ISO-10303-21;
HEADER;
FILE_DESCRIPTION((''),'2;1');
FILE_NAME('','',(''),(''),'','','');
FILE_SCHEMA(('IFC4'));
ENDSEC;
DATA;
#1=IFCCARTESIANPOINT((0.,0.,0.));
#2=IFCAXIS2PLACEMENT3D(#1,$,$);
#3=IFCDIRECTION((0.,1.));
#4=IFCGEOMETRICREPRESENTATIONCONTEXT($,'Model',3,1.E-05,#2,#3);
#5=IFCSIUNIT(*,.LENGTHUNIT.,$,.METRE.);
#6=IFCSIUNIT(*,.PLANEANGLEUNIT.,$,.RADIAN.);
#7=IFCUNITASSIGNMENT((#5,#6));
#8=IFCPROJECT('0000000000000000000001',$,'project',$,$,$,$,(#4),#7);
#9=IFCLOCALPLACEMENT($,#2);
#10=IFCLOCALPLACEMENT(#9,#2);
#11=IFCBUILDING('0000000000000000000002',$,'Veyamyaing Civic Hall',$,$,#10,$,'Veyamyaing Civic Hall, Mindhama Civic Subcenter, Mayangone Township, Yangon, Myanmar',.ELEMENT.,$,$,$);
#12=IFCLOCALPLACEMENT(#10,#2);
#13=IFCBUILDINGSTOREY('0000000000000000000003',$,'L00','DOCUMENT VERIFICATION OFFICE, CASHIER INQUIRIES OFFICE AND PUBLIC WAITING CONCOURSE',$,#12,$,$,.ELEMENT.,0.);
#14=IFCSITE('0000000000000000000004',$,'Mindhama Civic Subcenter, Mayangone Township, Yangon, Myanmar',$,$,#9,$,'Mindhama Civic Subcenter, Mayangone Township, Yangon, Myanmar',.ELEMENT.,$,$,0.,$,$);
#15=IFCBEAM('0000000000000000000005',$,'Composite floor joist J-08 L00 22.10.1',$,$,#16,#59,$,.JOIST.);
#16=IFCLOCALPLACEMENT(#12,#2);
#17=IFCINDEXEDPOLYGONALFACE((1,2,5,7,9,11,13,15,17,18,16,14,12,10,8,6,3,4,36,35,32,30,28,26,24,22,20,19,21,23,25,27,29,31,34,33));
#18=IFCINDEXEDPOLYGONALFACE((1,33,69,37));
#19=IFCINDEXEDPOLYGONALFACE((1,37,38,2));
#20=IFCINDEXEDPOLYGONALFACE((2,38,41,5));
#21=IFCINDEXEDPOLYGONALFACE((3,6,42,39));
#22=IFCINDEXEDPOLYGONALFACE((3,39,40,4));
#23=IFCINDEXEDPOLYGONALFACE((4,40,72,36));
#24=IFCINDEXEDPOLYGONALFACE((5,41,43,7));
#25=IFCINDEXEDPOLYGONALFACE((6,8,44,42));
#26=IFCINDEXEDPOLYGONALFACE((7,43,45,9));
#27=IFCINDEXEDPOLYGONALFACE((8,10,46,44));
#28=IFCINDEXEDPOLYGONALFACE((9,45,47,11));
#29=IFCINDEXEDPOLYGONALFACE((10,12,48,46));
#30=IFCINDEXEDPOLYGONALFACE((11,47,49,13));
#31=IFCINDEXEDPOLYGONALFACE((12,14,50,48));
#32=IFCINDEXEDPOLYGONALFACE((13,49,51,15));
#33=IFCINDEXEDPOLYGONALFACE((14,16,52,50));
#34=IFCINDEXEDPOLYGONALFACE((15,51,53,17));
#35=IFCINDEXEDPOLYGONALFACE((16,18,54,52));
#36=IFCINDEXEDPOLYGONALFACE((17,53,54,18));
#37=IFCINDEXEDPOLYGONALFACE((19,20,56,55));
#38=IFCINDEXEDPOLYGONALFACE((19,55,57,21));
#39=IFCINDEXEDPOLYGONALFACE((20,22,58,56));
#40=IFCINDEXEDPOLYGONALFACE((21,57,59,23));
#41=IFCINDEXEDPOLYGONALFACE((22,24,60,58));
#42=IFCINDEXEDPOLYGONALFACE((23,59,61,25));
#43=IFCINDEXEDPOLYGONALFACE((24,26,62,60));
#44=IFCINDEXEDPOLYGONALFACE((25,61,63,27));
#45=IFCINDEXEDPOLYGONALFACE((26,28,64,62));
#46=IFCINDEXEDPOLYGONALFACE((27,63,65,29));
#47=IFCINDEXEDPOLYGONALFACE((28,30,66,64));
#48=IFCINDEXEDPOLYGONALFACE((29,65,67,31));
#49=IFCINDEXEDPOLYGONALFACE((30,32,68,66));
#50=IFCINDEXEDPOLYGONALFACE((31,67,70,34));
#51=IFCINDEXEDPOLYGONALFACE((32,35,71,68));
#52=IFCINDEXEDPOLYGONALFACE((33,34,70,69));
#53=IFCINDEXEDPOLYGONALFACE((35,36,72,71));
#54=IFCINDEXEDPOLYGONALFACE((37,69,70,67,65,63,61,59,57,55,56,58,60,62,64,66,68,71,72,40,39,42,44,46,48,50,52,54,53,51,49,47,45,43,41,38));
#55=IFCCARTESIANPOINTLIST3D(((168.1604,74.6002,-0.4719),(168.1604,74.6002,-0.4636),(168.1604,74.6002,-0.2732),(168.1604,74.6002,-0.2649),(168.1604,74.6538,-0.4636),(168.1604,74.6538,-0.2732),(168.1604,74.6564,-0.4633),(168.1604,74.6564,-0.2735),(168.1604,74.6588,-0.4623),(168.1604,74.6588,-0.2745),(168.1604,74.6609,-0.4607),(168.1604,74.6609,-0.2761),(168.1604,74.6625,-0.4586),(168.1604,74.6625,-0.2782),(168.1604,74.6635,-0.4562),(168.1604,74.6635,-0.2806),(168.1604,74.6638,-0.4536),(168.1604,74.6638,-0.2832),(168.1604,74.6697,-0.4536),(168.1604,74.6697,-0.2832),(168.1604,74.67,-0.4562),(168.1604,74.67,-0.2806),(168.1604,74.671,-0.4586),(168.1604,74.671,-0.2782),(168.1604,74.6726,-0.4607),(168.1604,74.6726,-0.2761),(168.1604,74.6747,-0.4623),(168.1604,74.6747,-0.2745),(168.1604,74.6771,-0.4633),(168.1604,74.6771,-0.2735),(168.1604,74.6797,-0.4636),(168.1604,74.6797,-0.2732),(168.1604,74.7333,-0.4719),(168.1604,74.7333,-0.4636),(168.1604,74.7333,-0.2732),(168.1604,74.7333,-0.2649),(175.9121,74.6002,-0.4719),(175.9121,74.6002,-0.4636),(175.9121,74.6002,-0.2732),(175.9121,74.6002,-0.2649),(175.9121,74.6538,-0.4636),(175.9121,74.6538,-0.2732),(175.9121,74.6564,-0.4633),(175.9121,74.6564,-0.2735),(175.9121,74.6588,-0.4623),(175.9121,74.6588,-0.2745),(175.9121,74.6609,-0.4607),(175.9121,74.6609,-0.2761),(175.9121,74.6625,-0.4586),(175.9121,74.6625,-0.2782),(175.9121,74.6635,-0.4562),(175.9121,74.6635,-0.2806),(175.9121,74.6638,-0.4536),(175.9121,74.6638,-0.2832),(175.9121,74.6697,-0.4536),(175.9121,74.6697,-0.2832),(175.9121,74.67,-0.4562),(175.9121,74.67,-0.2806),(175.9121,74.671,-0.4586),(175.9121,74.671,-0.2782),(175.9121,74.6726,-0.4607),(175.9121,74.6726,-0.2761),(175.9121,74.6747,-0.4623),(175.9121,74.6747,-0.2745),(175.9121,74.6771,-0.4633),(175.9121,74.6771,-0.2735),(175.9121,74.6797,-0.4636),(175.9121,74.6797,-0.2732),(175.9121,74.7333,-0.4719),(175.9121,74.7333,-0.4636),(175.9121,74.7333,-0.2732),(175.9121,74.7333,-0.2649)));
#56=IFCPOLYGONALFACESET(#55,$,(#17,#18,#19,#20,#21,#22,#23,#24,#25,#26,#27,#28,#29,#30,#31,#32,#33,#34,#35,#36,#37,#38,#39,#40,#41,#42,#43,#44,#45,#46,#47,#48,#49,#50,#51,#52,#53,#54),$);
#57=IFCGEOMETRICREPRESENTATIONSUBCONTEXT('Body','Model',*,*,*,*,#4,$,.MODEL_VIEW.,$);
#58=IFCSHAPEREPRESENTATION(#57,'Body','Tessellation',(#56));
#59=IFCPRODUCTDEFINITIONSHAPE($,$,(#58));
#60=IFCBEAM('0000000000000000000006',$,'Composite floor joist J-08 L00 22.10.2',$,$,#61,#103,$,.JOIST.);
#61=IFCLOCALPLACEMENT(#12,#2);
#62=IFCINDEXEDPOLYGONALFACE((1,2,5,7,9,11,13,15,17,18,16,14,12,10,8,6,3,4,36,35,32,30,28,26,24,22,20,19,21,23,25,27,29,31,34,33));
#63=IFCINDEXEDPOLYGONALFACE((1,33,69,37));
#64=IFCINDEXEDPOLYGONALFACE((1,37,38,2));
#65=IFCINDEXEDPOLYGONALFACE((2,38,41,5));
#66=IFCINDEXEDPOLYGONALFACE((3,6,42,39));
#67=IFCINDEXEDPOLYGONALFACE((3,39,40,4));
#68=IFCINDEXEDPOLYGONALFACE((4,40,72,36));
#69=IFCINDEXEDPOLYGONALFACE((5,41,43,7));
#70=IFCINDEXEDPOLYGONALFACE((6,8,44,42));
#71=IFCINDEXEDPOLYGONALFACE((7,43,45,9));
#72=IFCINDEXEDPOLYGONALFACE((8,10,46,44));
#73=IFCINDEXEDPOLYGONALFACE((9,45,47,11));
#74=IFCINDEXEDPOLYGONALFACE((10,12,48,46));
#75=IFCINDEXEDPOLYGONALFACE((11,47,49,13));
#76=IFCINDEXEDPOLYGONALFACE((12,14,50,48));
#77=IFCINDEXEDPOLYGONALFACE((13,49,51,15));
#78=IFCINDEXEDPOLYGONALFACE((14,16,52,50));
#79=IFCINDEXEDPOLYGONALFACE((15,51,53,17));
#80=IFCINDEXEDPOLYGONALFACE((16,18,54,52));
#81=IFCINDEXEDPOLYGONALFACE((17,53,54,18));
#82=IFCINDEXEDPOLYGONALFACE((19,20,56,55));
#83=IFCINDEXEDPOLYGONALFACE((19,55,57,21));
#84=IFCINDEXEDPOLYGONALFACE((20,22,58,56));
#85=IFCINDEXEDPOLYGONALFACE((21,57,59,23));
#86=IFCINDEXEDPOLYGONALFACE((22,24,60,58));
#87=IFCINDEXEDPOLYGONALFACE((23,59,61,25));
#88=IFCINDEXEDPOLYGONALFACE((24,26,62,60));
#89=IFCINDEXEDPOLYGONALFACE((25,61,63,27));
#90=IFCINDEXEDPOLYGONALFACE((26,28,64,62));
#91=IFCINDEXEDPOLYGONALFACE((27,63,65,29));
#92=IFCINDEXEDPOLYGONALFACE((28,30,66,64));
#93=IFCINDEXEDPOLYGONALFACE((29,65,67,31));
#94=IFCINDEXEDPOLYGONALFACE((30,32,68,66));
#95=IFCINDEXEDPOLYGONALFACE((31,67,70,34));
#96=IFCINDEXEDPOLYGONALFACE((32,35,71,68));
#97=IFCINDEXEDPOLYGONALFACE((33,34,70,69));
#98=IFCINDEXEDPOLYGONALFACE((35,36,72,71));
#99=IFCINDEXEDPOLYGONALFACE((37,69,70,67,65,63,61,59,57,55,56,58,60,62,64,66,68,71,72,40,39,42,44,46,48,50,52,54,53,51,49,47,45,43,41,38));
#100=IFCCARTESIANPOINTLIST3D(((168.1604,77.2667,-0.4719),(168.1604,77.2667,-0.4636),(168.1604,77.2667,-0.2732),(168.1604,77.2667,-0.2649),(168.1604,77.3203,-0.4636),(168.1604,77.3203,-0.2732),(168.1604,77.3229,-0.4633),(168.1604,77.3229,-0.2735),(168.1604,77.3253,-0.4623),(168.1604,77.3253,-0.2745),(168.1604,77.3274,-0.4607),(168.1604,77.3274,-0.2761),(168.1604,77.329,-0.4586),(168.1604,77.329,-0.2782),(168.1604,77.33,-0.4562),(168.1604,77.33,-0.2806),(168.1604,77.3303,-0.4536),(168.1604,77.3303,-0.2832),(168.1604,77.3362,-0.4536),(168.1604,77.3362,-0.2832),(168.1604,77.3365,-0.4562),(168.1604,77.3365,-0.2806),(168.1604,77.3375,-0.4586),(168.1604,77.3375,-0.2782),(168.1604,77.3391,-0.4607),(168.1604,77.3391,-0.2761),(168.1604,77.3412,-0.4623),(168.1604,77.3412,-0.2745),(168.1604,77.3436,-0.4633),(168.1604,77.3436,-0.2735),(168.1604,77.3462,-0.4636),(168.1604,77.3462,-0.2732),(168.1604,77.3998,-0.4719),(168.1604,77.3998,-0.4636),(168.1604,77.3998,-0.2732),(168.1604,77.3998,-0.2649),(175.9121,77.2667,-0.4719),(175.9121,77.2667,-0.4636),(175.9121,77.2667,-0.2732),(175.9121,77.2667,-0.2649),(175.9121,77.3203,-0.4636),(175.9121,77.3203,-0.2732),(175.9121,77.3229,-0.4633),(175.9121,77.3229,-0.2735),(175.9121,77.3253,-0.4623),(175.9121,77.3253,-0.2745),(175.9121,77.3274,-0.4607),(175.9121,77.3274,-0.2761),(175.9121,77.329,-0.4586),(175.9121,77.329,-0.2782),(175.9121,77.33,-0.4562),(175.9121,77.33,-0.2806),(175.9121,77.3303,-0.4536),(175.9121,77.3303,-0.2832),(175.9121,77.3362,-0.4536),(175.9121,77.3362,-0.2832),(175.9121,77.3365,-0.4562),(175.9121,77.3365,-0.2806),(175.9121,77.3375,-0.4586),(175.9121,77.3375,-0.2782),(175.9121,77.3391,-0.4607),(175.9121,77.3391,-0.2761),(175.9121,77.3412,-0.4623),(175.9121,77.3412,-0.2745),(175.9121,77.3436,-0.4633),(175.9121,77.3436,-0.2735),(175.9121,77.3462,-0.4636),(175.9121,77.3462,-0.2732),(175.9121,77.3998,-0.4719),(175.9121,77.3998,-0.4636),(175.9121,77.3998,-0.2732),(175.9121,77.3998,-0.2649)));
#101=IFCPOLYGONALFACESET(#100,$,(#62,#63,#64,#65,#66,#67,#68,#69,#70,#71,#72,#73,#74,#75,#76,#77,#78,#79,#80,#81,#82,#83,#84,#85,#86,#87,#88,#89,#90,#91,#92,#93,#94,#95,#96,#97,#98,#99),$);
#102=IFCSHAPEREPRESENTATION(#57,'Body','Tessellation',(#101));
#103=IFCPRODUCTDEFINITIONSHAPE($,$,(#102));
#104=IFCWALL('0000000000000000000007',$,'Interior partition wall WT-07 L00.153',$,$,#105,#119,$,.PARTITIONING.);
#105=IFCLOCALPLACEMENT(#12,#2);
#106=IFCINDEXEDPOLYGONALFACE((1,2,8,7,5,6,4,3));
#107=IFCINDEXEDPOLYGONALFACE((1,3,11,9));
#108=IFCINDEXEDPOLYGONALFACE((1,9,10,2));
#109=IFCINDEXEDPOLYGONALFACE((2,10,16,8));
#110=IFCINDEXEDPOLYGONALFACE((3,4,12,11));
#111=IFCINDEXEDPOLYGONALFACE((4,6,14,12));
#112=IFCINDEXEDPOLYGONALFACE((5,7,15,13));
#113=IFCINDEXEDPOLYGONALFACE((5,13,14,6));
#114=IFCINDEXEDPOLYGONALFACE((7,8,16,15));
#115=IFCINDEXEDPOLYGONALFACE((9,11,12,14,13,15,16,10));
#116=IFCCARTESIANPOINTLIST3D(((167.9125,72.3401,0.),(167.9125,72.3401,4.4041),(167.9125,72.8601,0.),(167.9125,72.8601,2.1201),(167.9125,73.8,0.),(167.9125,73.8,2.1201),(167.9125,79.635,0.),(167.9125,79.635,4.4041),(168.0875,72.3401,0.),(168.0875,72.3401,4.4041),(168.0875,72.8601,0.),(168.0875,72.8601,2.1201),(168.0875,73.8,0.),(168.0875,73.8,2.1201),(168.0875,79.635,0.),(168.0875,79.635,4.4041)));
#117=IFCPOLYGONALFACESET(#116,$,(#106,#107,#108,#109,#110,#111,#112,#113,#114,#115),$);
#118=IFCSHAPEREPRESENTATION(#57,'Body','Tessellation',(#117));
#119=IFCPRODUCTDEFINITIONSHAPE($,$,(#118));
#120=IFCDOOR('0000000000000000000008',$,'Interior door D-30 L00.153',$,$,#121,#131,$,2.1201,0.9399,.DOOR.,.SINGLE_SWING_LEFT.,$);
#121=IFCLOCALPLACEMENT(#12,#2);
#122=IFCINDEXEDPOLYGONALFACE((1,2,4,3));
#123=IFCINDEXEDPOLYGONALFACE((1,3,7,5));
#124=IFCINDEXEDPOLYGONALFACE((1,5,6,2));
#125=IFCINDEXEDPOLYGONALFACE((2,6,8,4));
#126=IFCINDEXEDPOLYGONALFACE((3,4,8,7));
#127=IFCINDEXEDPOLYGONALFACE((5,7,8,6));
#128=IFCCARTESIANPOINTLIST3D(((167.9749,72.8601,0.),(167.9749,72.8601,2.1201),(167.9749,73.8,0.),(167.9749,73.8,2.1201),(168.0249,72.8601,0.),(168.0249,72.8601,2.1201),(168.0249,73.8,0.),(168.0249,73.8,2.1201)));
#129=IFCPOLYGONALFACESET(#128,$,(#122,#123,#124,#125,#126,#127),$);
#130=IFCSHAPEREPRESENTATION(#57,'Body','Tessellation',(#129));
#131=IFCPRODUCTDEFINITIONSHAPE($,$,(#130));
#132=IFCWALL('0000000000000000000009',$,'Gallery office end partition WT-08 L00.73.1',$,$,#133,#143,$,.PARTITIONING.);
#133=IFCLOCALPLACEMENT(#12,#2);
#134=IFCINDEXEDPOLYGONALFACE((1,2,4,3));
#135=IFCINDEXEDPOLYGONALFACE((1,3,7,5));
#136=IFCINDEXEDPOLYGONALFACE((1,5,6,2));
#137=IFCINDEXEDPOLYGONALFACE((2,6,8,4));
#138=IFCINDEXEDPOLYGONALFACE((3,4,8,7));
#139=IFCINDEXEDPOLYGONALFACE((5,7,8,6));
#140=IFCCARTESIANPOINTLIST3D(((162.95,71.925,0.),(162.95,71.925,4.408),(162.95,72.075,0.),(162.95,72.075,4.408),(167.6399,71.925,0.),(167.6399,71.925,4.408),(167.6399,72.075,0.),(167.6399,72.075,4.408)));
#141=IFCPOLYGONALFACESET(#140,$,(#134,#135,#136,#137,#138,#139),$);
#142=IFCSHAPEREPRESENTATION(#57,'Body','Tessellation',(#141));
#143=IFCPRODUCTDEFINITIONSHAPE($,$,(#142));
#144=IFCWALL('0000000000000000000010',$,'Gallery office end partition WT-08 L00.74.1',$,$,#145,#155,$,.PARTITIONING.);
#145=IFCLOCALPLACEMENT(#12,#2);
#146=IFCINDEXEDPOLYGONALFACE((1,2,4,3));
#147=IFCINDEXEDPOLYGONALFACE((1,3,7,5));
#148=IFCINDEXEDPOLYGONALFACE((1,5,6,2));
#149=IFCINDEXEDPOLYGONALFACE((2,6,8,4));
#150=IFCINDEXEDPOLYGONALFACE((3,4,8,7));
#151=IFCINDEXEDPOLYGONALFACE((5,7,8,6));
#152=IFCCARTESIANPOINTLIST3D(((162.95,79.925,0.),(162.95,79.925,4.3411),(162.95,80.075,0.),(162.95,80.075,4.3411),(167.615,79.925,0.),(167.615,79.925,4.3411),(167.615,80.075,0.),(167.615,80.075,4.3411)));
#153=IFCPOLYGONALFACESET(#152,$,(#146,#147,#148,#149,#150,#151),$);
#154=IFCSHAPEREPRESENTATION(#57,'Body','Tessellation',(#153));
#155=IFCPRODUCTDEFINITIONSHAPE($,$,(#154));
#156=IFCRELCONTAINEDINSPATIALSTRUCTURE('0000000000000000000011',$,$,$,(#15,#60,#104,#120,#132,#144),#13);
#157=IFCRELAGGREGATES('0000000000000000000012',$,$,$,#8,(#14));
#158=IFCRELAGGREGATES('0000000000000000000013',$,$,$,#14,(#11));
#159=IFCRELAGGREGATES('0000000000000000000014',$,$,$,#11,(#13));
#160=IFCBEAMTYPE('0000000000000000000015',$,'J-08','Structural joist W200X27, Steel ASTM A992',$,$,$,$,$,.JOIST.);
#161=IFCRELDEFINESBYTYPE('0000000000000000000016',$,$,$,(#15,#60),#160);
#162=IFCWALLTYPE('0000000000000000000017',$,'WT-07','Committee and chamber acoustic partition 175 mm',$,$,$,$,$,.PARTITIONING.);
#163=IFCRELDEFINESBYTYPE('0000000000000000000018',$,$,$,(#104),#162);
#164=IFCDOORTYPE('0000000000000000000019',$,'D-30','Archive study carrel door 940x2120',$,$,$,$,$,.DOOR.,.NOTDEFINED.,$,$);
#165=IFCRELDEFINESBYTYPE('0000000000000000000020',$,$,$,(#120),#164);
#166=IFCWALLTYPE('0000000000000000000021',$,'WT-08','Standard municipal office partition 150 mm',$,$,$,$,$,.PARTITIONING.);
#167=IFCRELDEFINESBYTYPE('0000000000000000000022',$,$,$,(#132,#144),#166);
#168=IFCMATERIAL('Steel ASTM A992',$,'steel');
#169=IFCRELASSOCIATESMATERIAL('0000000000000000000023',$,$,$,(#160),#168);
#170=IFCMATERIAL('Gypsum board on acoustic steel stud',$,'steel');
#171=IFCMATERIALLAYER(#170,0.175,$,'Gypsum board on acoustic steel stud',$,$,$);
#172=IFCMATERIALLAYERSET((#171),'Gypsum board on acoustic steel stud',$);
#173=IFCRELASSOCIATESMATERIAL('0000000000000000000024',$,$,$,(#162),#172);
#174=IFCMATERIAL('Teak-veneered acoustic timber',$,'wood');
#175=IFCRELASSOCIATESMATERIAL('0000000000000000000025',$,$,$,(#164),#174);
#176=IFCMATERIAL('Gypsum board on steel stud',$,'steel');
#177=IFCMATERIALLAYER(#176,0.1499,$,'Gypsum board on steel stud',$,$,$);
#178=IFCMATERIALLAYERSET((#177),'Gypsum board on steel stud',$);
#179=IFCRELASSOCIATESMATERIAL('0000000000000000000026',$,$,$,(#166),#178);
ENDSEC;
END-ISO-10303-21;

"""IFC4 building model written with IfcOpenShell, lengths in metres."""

from ifc_helpers import new_model, si_unit, direction, frame, frame_2d, origin, origin_2d, place, context, subcontext, project, spatial, rectangle, i_section, extrude, material, layer, layer_set, material_profile, profile_set, type_object, element, fill, save


model = new_model("IFC4")

# Units and contexts
model_context = context("Model", 3, precision=1e-05, world=origin(), true_north=direction((0.0, 1.0)))
body_context = subcontext(model_context, "Body", "Model", "MODEL_VIEW")
ifc_project = project(units=[si_unit("LENGTHUNIT", "METRE"), si_unit("PLANEANGLEUNIT", "RADIAN")], contexts=[model_context])

# Site, building, storey
site_placement = place(None, origin())
site = spatial("IfcSite", under=ifc_project, at=site_placement, Name="Mindhama Civic Subcenter, Mayangone Township, Yangon, Myanmar", LongName="Mindhama Civic Subcenter, Mayangone Township, Yangon, Myanmar", CompositionType="ELEMENT", RefElevation=0.0)
building_placement = place(site_placement, origin())
building = spatial("IfcBuilding", under=site, at=building_placement, Name="Veyamyaing Civic Hall", LongName="Veyamyaing Civic Hall, Mindhama Civic Subcenter, Mayangone Township, Yangon, Myanmar", CompositionType="ELEMENT")
storey_placement = place(building_placement, origin())
storey = spatial("IfcBuildingStorey", under=building, at=storey_placement, Name="L00", Description="DOCUMENT VERIFICATION OFFICE, CASHIER INQUIRIES OFFICE AND PUBLIC WAITING CONCOURSE", CompositionType="ELEMENT", Elevation=0.0)

# Shared definitions
ifc_material_1 = material(Name="Steel ASTM A992", Category="steel")

# Beams
ifc_material_profile_1 = material_profile(ifc_material_1, i_section(OverallWidth=0.1331, OverallDepth=0.207, WebThickness=0.0059, FlangeThickness=0.0083, FilletRadius=0.01, at=origin_2d()), Name="W200X27")
ifc_profile_set_1 = profile_set([ifc_material_profile_1], Name="Steel ASTM A992")
beam_type_1 = type_object("IfcBeamType", Name="J-08", Description="Structural joist W200X27, Steel ASTM A992", PredefinedType="JOIST", material=ifc_profile_set_1)
for number, where, z_axis, x_axis, name in (
    (1, (168.1604, 74.6667, -0.3684), (1.0, 0.0, 0.0), (0.0, 1.0, 0.0), "Composite floor joist J-08 L00 22.10.1"),
    (2, (168.1604, 77.3333, -0.3684), (1.0, 0.0, 0.0), (0.0, 1.0, 0.0), "Composite floor joist J-08 L00 22.10.2"),
):
    element("IfcBeam", number, at=place(storey_placement, frame(where, z_axis=z_axis, x_axis=x_axis)), inside=storey, type_object=beam_type_1, Name=name, PredefinedType="JOIST", context=body_context, shape_type="SweptSolid", body=[
        extrude(i_section(OverallWidth=0.1331, OverallDepth=0.207, WebThickness=0.0059, FlangeThickness=0.0083, FilletRadius=0.01, at=origin_2d()), origin(), (0.0, 0.0, 1.0), 7.7517),
    ])

# Wall, opening, door
ifc_material_2 = material(Name="Gypsum board on acoustic steel stud", Category="steel")
ifc_layer_1 = layer(ifc_material_2, 0.175, Name="Gypsum board on acoustic steel stud")
ifc_layer_set_1 = layer_set([ifc_layer_1], Name="Gypsum board on acoustic steel stud")
wall_type_1 = type_object("IfcWallType", Name="WT-07", Description="Committee and chamber acoustic partition 175 mm", PredefinedType="PARTITIONING", material=ifc_layer_set_1)
wall_1_placement = place(storey_placement, frame((168.0, 72.3401, 0.0), z_axis=(0.0, 0.0, 1.0), x_axis=(0.0, 1.0, 0.0)))
wall_1 = element("IfcWall", 3, at=wall_1_placement, inside=storey, type_object=wall_type_1, Name="Interior partition wall WT-07 L00.153", PredefinedType="PARTITIONING", context=body_context, shape_type="SweptSolid", body=[
    extrude(rectangle(XDim=7.2949, YDim=0.175, at=frame_2d((3.6475, 0.0))), origin(), (0.0, 0.0, 1.0), 4.4041),
])
opening_1_placement = place(wall_1_placement, frame((0.52, 0.0, 0.0)))
opening_1 = element("IfcOpeningElement", 4, at=opening_1_placement, cuts=wall_1, PredefinedType="OPENING", context=body_context, shape_type="SweptSolid", body=[
    extrude(rectangle(XDim=0.9399, YDim=2.1201, at=frame_2d((0.47, 1.0601))), frame((0.0, 0.0974, 0.0), z_axis=(0.0, -1.0, 0.0), x_axis=(1.0, 0.0, 0.0)), (0.0, 0.0, 1.0), 0.1951),
])
ifc_material_3 = material(Name="Teak-veneered acoustic timber", Category="wood")
door_type_1 = type_object("IfcDoorType", Name="D-30", Description="Archive study carrel door 940x2120", OperationType="NOTDEFINED", PredefinedType="DOOR", material=ifc_material_3)
door_1_placement = place(opening_1_placement, frame((0.9399, 0.0, 0.0), z_axis=(0.0, 0.0, 1.0), x_axis=(-1.0, 0.0, 0.0)))
door_1 = element("IfcDoor", 5, at=door_1_placement, inside=storey, type_object=door_type_1, Name="Interior door D-30 L00.153", OperationType="SINGLE_SWING_LEFT", OverallHeight=2.1201, OverallWidth=0.9399, PredefinedType="DOOR", context=body_context, shape_type="SweptSolid", body=[
    extrude(rectangle(XDim=0.9399, YDim=2.1201, at=frame_2d((0.47, 1.0601))), frame((0.0, 0.0249, 0.0), z_axis=(0.0, -1.0, 0.0), x_axis=(1.0, 0.0, 0.0)), (0.0, 0.0, 1.0), 0.05),
])
fill(opening_1, door_1)

# Walls
ifc_material_4 = material(Name="Gypsum board on steel stud", Category="steel")
ifc_layer_2 = layer(ifc_material_4, 0.1499, Name="Gypsum board on steel stud")
ifc_layer_set_2 = layer_set([ifc_layer_2], Name="Gypsum board on steel stud")
wall_type_2 = type_object("IfcWallType", Name="WT-08", Description="Standard municipal office partition 150 mm", PredefinedType="PARTITIONING", material=ifc_layer_set_2)
wall_2_placement = place(storey_placement, frame((162.95, 72.0, 0.0), z_axis=(0.0, 0.0, 1.0), x_axis=(1.0, 0.0, 0.0)))
element("IfcWall", 6, at=wall_2_placement, inside=storey, type_object=wall_type_2, Name="Gallery office end partition WT-08 L00.73.1", PredefinedType="PARTITIONING", context=body_context, shape_type="SweptSolid", body=[
    extrude(rectangle(XDim=4.6899, YDim=0.1499, at=frame_2d((2.345, 0.0))), origin(), (0.0, 0.0, 1.0), 4.408),
])
wall_3_placement = place(storey_placement, frame((162.95, 80.0, 0.0), z_axis=(0.0, 0.0, 1.0), x_axis=(1.0, 0.0, 0.0)))
element("IfcWall", 7, at=wall_3_placement, inside=storey, type_object=wall_type_2, Name="Gallery office end partition WT-08 L00.74.1", PredefinedType="PARTITIONING", context=body_context, shape_type="SweptSolid", body=[
    extrude(rectangle(XDim=4.665, YDim=0.1499, at=frame_2d((2.3325, 0.0))), origin(), (0.0, 0.0, 1.0), 4.3411),
])

save(model, "model.ifc")
